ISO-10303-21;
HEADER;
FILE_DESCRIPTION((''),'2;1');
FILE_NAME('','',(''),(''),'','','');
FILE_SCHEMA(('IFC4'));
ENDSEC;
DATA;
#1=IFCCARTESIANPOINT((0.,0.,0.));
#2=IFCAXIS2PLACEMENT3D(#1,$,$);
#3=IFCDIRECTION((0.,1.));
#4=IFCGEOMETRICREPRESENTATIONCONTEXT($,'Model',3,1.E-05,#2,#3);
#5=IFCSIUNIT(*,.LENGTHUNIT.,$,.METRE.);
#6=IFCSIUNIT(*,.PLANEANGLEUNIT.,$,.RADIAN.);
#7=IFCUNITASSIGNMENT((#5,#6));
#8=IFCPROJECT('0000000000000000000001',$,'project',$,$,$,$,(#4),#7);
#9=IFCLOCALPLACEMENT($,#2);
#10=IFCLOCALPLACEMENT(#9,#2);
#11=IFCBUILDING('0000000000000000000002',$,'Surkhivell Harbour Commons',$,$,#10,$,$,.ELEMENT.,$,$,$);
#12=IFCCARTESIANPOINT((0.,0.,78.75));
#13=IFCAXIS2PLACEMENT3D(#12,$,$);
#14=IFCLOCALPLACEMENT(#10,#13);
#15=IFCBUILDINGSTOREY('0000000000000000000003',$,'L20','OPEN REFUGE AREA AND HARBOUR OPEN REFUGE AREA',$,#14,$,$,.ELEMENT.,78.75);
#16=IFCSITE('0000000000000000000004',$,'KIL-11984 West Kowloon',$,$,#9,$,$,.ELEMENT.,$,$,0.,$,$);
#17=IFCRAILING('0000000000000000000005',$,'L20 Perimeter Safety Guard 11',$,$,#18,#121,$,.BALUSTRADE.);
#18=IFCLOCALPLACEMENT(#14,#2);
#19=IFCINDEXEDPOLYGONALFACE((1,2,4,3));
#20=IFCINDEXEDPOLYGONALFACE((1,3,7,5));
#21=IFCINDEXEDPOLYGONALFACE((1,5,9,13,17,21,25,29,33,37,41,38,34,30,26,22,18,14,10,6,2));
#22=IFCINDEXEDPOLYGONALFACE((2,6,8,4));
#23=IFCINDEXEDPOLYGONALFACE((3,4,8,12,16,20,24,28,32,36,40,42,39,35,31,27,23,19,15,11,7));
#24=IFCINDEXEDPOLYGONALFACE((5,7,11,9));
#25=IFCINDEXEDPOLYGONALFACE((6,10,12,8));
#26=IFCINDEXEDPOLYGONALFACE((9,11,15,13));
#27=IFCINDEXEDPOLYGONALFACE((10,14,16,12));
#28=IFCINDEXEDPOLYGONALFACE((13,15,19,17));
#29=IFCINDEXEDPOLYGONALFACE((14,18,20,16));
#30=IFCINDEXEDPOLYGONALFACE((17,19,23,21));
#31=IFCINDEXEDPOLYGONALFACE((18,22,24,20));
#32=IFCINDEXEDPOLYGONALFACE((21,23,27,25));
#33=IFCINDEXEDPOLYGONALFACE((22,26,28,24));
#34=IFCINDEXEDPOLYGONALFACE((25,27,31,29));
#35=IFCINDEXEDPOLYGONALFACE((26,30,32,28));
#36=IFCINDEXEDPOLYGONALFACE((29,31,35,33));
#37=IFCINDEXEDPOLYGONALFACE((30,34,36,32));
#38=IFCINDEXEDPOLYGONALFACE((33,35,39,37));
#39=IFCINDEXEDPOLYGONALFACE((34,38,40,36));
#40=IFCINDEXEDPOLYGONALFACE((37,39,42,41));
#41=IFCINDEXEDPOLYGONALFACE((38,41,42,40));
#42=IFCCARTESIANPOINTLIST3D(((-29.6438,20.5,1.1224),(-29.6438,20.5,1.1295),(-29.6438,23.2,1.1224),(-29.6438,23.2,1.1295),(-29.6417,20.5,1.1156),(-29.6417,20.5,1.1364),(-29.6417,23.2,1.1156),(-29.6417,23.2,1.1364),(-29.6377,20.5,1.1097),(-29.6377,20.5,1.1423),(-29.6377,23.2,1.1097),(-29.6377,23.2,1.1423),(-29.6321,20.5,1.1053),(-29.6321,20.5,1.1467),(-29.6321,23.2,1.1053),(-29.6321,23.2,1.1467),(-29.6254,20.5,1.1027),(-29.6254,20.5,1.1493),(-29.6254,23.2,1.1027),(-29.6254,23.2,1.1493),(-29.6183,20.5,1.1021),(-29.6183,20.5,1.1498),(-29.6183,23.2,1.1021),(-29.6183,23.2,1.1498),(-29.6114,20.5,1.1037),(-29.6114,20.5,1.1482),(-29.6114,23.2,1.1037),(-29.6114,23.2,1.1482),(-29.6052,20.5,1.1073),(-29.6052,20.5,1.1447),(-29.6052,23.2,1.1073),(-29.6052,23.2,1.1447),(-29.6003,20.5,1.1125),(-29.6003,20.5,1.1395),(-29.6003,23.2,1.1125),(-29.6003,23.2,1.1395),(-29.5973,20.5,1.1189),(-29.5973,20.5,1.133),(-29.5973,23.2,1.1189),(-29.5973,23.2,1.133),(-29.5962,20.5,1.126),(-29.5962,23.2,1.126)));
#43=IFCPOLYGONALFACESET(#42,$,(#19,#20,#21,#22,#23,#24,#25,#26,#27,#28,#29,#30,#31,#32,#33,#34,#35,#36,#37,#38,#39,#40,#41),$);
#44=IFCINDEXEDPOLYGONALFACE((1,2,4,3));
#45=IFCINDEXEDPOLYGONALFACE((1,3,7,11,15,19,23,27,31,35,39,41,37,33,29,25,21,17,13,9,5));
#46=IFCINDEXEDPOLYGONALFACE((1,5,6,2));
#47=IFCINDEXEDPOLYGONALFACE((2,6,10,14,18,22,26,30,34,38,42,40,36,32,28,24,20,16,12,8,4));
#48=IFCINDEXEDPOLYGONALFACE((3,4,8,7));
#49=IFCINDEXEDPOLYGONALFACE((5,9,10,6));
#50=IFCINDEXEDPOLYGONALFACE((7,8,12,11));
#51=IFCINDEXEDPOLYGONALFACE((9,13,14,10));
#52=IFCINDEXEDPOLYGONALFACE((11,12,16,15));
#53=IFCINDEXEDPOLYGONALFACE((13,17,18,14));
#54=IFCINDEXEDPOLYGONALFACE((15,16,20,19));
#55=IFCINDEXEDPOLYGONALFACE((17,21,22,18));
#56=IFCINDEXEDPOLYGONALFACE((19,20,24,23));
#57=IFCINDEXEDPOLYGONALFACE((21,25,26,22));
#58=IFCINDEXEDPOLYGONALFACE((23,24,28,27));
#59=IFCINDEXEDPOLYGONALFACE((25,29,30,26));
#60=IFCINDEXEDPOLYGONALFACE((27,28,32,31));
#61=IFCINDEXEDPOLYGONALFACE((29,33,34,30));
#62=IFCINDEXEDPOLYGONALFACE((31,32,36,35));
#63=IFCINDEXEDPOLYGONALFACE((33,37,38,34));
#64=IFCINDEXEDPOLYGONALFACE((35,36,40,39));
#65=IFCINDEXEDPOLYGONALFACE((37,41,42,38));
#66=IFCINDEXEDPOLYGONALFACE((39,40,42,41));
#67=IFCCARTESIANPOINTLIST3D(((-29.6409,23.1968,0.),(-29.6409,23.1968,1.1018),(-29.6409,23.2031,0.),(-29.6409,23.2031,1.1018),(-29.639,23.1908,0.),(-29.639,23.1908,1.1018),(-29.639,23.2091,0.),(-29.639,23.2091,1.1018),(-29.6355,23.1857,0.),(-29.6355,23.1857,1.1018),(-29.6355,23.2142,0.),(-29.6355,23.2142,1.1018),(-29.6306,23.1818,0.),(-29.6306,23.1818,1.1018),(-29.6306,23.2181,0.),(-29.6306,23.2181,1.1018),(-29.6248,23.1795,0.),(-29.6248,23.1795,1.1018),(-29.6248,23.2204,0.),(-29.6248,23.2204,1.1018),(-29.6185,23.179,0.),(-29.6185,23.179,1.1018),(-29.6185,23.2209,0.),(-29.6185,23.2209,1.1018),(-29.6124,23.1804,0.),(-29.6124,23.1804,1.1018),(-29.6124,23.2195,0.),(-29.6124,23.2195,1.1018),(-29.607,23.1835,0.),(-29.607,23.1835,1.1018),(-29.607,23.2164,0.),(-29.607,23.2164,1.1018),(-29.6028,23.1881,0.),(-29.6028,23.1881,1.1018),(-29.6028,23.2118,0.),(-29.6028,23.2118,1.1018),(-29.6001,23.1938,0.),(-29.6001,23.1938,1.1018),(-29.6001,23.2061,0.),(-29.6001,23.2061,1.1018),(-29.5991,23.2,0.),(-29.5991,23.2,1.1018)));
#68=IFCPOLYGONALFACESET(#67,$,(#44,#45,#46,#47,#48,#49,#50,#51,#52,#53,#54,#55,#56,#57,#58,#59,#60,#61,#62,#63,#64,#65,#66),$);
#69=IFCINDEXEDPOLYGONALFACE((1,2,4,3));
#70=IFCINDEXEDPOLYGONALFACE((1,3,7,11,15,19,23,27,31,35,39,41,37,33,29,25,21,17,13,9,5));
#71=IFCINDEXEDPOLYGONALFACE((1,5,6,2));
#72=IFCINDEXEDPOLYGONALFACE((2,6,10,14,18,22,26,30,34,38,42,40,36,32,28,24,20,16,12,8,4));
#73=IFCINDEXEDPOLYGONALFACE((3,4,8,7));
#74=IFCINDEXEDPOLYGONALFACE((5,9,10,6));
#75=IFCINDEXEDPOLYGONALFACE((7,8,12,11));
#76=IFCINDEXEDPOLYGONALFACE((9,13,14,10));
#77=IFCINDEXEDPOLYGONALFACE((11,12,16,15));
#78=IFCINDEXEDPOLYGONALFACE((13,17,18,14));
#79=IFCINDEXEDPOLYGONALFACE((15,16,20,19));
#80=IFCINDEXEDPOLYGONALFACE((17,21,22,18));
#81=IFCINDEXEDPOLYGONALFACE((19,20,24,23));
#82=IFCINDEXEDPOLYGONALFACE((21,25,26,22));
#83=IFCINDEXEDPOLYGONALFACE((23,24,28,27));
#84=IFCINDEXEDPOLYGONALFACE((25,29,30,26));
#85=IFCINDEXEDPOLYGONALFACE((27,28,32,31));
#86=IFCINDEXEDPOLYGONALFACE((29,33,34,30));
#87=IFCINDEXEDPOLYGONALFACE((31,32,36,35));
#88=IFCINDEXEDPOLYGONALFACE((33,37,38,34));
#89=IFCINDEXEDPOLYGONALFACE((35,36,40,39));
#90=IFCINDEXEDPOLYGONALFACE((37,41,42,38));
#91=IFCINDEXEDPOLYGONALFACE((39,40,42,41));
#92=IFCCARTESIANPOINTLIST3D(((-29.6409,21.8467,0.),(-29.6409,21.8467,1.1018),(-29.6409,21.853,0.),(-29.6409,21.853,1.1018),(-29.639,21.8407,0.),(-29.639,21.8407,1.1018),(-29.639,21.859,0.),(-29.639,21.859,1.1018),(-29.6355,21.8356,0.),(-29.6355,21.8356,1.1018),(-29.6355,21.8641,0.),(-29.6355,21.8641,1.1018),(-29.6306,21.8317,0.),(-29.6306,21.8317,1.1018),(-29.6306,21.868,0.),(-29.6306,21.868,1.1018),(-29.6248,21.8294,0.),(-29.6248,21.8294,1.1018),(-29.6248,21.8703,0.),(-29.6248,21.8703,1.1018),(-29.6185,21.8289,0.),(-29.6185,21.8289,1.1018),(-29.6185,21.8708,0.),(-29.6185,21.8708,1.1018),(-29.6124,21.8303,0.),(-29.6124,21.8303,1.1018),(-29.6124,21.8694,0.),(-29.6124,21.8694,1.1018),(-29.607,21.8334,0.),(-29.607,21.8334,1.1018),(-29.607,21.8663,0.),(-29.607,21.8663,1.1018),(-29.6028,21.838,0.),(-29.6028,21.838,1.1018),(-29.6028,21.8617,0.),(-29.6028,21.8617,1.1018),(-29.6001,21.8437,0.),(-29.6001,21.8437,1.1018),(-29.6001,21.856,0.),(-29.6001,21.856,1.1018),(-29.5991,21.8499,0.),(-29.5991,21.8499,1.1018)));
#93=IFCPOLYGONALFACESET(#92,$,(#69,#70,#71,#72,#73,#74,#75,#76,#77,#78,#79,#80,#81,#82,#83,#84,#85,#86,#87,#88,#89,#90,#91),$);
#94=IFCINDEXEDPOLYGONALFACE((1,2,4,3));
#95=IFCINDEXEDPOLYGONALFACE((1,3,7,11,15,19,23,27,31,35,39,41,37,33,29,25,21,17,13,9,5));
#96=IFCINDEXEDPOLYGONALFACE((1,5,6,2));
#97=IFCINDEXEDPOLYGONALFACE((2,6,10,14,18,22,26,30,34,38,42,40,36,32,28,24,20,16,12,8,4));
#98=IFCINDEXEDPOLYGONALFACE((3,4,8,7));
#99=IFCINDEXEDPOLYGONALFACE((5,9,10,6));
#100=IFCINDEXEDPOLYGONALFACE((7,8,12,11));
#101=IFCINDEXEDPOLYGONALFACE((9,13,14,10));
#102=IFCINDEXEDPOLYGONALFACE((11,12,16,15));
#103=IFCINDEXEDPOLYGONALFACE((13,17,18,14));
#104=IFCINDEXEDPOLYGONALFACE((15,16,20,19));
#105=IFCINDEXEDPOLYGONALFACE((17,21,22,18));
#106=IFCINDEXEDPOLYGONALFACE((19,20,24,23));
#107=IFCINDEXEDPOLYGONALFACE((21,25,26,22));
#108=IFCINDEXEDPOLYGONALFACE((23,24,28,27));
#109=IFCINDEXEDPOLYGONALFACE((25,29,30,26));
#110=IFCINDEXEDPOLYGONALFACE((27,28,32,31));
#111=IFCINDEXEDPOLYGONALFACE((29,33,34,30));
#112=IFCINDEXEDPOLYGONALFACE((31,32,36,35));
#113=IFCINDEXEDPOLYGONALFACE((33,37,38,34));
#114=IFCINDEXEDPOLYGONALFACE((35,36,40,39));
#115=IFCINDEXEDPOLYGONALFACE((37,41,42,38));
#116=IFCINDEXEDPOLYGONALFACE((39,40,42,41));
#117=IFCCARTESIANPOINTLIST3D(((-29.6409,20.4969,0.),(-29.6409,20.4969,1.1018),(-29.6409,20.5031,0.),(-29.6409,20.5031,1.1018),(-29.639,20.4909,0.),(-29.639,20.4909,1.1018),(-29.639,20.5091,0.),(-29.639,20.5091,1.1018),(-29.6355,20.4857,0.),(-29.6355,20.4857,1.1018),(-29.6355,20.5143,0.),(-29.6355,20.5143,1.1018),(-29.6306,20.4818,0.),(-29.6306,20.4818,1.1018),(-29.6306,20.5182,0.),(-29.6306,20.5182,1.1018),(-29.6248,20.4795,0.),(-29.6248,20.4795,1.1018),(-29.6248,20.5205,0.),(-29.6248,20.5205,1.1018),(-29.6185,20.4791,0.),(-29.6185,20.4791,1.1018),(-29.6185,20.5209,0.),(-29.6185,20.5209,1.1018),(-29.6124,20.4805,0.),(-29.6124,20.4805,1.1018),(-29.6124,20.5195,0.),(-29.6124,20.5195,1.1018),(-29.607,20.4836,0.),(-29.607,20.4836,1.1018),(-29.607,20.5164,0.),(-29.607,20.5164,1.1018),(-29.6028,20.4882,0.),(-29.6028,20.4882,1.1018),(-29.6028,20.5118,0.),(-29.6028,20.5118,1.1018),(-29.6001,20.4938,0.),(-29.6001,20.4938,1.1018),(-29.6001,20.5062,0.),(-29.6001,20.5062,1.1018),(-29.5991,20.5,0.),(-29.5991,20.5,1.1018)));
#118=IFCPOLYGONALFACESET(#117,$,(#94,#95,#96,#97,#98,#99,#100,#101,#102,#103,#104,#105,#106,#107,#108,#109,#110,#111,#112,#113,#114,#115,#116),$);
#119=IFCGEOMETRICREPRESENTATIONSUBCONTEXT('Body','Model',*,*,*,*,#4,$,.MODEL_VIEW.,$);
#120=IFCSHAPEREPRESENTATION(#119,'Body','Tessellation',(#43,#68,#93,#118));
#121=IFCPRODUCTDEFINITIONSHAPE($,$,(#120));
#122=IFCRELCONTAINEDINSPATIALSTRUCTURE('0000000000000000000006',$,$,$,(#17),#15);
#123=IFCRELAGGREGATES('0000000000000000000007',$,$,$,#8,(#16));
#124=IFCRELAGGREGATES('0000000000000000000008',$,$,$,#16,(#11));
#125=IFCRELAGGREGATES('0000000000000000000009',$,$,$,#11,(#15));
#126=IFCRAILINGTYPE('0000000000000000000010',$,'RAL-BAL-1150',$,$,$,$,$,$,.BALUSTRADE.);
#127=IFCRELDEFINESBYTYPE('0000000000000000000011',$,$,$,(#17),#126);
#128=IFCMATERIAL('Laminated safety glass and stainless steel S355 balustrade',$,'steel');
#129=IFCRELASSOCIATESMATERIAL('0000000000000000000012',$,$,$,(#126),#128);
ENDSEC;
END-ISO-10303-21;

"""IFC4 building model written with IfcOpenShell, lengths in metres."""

from ifc_helpers import new_model, si_unit, direction, frame, origin, origin_2d, place, context, subcontext, project, spatial, circle, extrude, material, type_object, element, save


model = new_model("IFC4")

# Units and contexts
model_context = context("Model", 3, precision=1e-05, world=origin(), true_north=direction((0.0, 1.0)))
body_context = subcontext(model_context, "Body", "Model", "MODEL_VIEW")
ifc_project = project(units=[si_unit("LENGTHUNIT", "METRE"), si_unit("PLANEANGLEUNIT", "RADIAN")], contexts=[model_context])

# Site, building, storey
site_placement = place(None, origin())
site = spatial("IfcSite", under=ifc_project, at=site_placement, Name="KIL-11984 West Kowloon", CompositionType="ELEMENT", RefElevation=0.0)
building_placement = place(site_placement, origin())
building = spatial("IfcBuilding", under=site, at=building_placement, Name="Surkhivell Harbour Commons", CompositionType="ELEMENT")
storey_placement = place(building_placement, frame((0.0, 0.0, 78.75)))
storey = spatial("IfcBuildingStorey", under=building, at=storey_placement, Name="L20", Description="OPEN REFUGE AREA AND HARBOUR OPEN REFUGE AREA", CompositionType="ELEMENT", Elevation=78.75)

# Railing
ifc_material_1 = material(Name="Laminated safety glass and stainless steel S355 balustrade", Category="steel")
railing_type = type_object("IfcRailingType", Name="RAL-BAL-1150", PredefinedType="BALUSTRADE", material=ifc_material_1)
railing_1_placement = place(storey_placement, frame((-29.6201, 23.2, 0.0)))
element("IfcRailing", 1, at=railing_1_placement, inside=storey, type_object=railing_type, Name="L20 Perimeter Safety Guard 11", PredefinedType="BALUSTRADE", context=body_context, shape_type="SweptSolid", body=[
    extrude(circle(Radius=0.0239, at=origin_2d()), frame((0.0, 0.0, 1.126), z_axis=(0.0, -1.0, 0.0), x_axis=(1.0, 0.0, 0.0)), (0.0, 0.0, 1.0), 2.7),
    extrude(circle(Radius=0.021, at=origin_2d()), origin(), (0.0, 0.0, 1.0), 1.1018),
    extrude(circle(Radius=0.021, at=origin_2d()), frame((0.0, -1.3501, 0.0)), (0.0, 0.0, 1.0), 1.1018),
    extrude(circle(Radius=0.021, at=origin_2d()), frame((0.0, -2.7, 0.0)), (0.0, 0.0, 1.0), 1.1018),
])

save(model, "model.ifc")
